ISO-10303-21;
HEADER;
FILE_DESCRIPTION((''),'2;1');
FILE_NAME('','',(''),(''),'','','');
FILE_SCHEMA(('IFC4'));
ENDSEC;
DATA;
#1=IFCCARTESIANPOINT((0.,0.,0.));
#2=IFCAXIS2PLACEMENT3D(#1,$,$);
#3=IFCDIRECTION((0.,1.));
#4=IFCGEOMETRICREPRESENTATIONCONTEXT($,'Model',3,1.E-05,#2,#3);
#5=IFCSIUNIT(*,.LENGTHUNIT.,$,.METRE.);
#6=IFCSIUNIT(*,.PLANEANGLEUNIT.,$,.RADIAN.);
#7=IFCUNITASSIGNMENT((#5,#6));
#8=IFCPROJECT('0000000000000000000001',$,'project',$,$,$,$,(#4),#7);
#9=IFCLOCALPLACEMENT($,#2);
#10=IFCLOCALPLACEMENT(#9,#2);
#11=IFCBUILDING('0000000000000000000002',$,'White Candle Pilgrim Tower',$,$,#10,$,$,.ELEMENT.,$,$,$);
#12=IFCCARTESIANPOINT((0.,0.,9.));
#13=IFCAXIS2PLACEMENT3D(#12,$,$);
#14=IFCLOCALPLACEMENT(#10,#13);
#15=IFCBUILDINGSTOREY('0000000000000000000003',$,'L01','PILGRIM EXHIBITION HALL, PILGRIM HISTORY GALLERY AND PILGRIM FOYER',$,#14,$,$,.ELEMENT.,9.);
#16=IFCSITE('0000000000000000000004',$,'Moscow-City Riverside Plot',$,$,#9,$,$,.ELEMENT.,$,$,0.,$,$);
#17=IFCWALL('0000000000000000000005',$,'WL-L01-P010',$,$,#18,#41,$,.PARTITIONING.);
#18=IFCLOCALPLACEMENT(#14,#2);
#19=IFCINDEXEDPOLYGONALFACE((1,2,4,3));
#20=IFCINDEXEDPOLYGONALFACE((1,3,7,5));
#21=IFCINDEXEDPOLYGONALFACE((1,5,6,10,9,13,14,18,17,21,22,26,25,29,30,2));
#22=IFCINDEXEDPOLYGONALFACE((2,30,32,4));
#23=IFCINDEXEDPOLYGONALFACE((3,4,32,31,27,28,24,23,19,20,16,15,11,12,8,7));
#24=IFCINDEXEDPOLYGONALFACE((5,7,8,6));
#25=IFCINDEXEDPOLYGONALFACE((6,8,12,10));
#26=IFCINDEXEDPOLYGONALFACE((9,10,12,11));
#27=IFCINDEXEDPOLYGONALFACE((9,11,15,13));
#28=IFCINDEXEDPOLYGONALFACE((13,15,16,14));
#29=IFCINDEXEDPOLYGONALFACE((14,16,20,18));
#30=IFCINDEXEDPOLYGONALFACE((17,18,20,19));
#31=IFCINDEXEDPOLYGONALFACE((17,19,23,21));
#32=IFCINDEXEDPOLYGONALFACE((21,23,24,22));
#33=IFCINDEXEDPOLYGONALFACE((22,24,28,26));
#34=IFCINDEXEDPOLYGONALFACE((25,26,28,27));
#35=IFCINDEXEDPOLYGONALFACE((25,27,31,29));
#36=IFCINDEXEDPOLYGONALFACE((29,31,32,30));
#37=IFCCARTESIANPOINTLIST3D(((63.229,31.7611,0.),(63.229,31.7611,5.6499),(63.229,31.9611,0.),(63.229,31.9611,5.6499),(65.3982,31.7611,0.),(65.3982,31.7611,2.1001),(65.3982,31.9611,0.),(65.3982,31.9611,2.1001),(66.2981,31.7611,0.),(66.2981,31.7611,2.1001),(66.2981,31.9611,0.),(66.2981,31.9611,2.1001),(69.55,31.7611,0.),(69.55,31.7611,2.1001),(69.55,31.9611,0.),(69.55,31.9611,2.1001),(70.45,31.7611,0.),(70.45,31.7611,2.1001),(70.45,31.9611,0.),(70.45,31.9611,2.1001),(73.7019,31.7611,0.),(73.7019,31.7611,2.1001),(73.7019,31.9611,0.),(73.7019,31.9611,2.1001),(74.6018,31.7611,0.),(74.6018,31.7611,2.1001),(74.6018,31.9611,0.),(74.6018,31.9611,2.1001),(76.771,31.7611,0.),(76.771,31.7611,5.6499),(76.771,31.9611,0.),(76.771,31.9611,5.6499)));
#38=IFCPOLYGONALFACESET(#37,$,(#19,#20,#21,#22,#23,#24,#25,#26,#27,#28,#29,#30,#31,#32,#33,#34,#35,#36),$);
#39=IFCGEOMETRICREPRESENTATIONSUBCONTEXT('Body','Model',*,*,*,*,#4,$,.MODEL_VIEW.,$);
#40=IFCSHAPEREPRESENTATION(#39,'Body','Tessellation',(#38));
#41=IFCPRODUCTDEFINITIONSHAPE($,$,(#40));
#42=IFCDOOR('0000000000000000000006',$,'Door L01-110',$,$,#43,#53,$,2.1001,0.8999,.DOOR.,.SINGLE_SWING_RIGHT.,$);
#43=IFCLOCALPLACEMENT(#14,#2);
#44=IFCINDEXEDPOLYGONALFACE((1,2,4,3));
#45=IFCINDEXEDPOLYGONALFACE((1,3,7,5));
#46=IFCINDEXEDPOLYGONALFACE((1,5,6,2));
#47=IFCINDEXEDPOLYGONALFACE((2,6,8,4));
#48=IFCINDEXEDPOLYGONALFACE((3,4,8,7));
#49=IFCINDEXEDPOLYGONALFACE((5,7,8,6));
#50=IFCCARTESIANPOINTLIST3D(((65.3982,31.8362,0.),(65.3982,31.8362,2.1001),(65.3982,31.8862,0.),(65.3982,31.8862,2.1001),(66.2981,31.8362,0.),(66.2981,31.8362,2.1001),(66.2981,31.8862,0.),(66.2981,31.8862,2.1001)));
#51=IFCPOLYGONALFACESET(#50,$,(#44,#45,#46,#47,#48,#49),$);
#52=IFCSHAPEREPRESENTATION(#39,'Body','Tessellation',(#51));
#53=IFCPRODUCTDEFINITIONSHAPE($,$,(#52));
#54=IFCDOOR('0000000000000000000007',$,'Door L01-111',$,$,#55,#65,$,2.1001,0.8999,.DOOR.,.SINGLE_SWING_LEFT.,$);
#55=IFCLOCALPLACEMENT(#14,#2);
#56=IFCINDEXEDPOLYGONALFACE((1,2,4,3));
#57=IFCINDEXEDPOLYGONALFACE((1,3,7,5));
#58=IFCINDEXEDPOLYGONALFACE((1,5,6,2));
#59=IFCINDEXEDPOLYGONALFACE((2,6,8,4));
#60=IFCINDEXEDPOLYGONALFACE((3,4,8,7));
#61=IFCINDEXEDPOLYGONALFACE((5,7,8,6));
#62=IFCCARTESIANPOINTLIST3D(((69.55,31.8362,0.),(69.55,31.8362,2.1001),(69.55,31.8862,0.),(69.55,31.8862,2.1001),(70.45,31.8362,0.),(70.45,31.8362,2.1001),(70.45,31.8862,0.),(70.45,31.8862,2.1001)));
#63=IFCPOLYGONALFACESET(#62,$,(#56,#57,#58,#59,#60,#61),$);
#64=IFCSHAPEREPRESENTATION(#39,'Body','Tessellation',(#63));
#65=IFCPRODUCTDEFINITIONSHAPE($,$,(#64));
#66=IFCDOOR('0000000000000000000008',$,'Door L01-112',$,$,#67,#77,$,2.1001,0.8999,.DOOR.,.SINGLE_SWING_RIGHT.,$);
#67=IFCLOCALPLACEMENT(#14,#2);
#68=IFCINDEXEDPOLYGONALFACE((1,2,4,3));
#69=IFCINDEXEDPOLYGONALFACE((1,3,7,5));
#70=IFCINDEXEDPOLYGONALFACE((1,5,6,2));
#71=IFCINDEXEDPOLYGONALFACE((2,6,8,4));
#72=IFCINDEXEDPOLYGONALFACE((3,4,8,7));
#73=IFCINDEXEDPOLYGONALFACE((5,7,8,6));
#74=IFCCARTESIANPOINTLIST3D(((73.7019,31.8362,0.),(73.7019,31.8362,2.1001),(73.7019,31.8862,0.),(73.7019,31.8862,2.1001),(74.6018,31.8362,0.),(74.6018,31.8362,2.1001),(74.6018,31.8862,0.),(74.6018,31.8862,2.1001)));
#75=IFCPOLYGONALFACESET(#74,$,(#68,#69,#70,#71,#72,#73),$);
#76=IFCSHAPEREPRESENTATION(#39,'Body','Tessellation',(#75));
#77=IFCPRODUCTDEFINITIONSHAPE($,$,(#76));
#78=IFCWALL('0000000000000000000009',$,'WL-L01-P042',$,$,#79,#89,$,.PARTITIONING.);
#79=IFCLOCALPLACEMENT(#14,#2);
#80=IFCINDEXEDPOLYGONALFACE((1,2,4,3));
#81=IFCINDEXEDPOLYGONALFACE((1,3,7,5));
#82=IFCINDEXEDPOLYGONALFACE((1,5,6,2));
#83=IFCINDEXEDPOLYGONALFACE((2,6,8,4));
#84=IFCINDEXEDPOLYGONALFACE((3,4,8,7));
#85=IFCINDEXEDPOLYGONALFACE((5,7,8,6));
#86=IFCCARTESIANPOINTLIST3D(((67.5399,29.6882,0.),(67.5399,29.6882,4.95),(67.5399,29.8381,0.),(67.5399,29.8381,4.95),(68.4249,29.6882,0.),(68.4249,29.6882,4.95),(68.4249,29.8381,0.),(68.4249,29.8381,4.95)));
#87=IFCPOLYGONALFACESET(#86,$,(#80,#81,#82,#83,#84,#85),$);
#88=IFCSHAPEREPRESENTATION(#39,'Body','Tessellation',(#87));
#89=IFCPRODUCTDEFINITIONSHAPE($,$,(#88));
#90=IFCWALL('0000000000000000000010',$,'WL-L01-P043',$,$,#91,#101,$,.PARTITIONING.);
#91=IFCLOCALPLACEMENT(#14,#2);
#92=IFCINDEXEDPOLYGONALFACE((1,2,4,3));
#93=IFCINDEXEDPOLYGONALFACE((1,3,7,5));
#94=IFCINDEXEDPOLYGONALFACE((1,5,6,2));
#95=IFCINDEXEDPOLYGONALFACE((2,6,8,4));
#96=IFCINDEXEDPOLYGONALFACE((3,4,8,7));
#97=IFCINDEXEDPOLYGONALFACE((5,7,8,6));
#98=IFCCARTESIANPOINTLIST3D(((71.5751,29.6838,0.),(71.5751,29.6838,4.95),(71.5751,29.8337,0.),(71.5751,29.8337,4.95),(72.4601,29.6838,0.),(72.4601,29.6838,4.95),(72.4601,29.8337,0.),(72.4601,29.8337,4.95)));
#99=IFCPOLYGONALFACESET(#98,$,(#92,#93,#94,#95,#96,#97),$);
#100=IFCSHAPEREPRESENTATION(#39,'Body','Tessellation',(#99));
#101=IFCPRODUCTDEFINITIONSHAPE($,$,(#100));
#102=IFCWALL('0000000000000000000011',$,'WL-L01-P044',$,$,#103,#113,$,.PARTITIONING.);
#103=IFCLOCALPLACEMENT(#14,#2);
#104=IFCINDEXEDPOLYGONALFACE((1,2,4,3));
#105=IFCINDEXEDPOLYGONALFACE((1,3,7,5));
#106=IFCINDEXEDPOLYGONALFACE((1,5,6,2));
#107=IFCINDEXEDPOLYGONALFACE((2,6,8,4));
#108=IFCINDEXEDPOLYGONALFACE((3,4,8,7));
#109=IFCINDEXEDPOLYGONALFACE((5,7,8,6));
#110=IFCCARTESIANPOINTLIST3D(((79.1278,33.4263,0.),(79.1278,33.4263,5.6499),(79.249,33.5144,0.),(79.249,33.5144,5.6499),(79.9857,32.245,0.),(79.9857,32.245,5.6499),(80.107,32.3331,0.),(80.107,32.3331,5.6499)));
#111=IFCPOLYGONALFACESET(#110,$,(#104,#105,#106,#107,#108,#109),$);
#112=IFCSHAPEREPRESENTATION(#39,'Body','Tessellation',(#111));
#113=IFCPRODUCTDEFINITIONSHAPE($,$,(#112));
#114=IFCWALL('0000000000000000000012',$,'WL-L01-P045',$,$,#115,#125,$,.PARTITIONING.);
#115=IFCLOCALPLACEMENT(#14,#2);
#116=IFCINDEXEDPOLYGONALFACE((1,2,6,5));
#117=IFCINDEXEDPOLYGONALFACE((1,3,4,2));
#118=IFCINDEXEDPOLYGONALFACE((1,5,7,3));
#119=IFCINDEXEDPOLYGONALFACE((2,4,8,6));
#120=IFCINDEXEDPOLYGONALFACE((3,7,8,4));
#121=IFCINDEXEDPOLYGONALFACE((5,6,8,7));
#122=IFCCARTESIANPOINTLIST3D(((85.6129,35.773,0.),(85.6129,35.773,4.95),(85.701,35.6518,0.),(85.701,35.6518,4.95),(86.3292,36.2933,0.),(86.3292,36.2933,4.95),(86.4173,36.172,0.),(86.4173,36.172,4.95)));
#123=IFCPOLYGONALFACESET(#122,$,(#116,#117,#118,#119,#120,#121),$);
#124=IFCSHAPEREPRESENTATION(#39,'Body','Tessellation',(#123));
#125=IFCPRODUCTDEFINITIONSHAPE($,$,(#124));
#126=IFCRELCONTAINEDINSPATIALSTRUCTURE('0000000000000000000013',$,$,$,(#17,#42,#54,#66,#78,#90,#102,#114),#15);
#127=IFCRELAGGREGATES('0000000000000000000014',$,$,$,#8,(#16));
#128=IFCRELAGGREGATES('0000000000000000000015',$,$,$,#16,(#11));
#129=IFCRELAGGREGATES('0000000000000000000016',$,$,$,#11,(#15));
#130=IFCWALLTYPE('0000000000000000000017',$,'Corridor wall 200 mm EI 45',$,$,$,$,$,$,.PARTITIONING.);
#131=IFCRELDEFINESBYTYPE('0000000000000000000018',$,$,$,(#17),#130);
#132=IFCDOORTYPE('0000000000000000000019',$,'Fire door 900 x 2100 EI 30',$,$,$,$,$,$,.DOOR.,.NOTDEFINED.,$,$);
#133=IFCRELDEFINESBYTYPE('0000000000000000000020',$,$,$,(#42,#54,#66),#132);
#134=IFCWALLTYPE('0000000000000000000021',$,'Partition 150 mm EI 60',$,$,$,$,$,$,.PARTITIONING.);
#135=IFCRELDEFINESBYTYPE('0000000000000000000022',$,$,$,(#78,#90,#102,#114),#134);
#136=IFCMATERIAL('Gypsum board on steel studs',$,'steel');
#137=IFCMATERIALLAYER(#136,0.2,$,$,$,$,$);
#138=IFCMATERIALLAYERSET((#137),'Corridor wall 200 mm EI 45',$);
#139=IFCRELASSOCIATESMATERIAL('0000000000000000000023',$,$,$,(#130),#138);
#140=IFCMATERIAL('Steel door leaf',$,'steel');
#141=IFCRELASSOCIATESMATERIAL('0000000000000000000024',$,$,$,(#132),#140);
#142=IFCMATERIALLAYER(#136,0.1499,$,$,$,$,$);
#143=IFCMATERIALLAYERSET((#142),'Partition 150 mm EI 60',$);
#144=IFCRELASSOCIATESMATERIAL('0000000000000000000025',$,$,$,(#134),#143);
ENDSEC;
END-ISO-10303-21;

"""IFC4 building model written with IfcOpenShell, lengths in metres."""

from ifc_helpers import new_model, si_unit, direction, frame, frame_2d, origin, place, context, subcontext, project, spatial, rectangle, extrude, material, layer, layer_set, type_object, element, fill, save


model = new_model("IFC4")

# Units and contexts
model_context = context("Model", 3, precision=1e-05, world=origin(), true_north=direction((0.0, 1.0)))
body_context = subcontext(model_context, "Body", "Model", "MODEL_VIEW")
ifc_project = project(units=[si_unit("LENGTHUNIT", "METRE"), si_unit("PLANEANGLEUNIT", "RADIAN")], contexts=[model_context])

# Site, building, storey
site_placement = place(None, origin())
site = spatial("IfcSite", under=ifc_project, at=site_placement, Name="Moscow-City Riverside Plot", CompositionType="ELEMENT", RefElevation=0.0)
building_placement = place(site_placement, origin())
building = spatial("IfcBuilding", under=site, at=building_placement, Name="White Candle Pilgrim Tower", CompositionType="ELEMENT")
storey_placement = place(building_placement, frame((0.0, 0.0, 9.0)))
storey = spatial("IfcBuildingStorey", under=building, at=storey_placement, Name="L01", Description="PILGRIM EXHIBITION HALL, PILGRIM HISTORY GALLERY AND PILGRIM FOYER", CompositionType="ELEMENT", Elevation=9.0)

# Wall, openings, doors
ifc_material_1 = material(Name="Gypsum board on steel studs", Category="steel")
ifc_layer_1 = layer(ifc_material_1, 0.2)
ifc_layer_set_1 = layer_set([ifc_layer_1], Name="Corridor wall 200 mm EI 45")
wall_type_1 = type_object("IfcWallType", Name="Corridor wall 200 mm EI 45", PredefinedType="PARTITIONING", material=ifc_layer_set_1)
wall_1_placement = place(storey_placement, frame((76.771, 31.8611, 0.0), z_axis=(0.0, 0.0, 1.0), x_axis=(-1.0, 0.0, 0.0)))
wall_1 = element("IfcWall", 1, at=wall_1_placement, inside=storey, type_object=wall_type_1, Name="WL-L01-P010", PredefinedType="PARTITIONING", context=body_context, shape_type="SweptSolid", body=[
    extrude(rectangle(XDim=13.542, YDim=0.2, at=frame_2d((6.771, 0.0))), origin(), (0.0, 0.0, 1.0), 5.6499),
])
opening_1_placement = place(wall_1_placement, frame((10.4729, 0.0, 0.0)))
opening_1 = element("IfcOpeningElement", 2, at=opening_1_placement, cuts=wall_1, PredefinedType="OPENING", context=body_context, shape_type="SweptSolid", body=[
    extrude(rectangle(XDim=0.8999, YDim=2.1001, at=frame_2d((0.45, 1.05))), frame((0.0, 0.1099, 0.0), z_axis=(0.0, -1.0, 0.0), x_axis=(1.0, 0.0, 0.0)), (0.0, 0.0, 1.0), 0.22),
])
opening_2_placement = place(wall_1_placement, frame((6.321, 0.0, 0.0)))
opening_2 = element("IfcOpeningElement", 3, at=opening_2_placement, cuts=wall_1, PredefinedType="OPENING", context=body_context, shape_type="SweptSolid", body=[
    extrude(rectangle(XDim=0.8999, YDim=2.1001, at=frame_2d((0.45, 1.05))), frame((0.0, 0.1099, 0.0), z_axis=(0.0, -1.0, 0.0), x_axis=(1.0, 0.0, 0.0)), (0.0, 0.0, 1.0), 0.22),
])
opening_3_placement = place(wall_1_placement, frame((2.1692, 0.0, 0.0)))
opening_3 = element("IfcOpeningElement", 4, at=opening_3_placement, cuts=wall_1, PredefinedType="OPENING", context=body_context, shape_type="SweptSolid", body=[
    extrude(rectangle(XDim=0.8999, YDim=2.1001, at=frame_2d((0.45, 1.05))), frame((0.0, 0.1099, 0.0), z_axis=(0.0, -1.0, 0.0), x_axis=(1.0, 0.0, 0.0)), (0.0, 0.0, 1.0), 0.22),
])
ifc_material_2 = material(Name="Steel door leaf", Category="steel")
door_type = type_object("IfcDoorType", Name="Fire door 900 x 2100 EI 30", OperationType="NOTDEFINED", PredefinedType="DOOR", material=ifc_material_2)
door_1_placement = place(opening_1_placement, origin())
door_1 = element("IfcDoor", 5, at=door_1_placement, inside=storey, type_object=door_type, Name="Door L01-110", OperationType="SINGLE_SWING_RIGHT", OverallHeight=2.1001, OverallWidth=0.8999, PredefinedType="DOOR", context=body_context, shape_type="SweptSolid", body=[
    extrude(rectangle(XDim=0.8999, YDim=2.1001, at=frame_2d((0.45, 1.05))), frame((0.0, 0.0249, 0.0), z_axis=(0.0, -1.0, 0.0), x_axis=(1.0, 0.0, 0.0)), (0.0, 0.0, 1.0), 0.05),
])
fill(opening_1, door_1)
door_2_placement = place(opening_2_placement, origin())
door_2 = element("IfcDoor", 6, at=door_2_placement, inside=storey, type_object=door_type, Name="Door L01-111", OperationType="SINGLE_SWING_LEFT", OverallHeight=2.1001, OverallWidth=0.8999, PredefinedType="DOOR", context=body_context, shape_type="SweptSolid", body=[
    extrude(rectangle(XDim=0.8999, YDim=2.1001, at=frame_2d((0.45, 1.05))), frame((0.0, 0.0249, 0.0), z_axis=(0.0, -1.0, 0.0), x_axis=(1.0, 0.0, 0.0)), (0.0, 0.0, 1.0), 0.05),
])
fill(opening_2, door_2)
door_3_placement = place(opening_3_placement, origin())
door_3 = element("IfcDoor", 7, at=door_3_placement, inside=storey, type_object=door_type, Name="Door L01-112", OperationType="SINGLE_SWING_RIGHT", OverallHeight=2.1001, OverallWidth=0.8999, PredefinedType="DOOR", context=body_context, shape_type="SweptSolid", body=[
    extrude(rectangle(XDim=0.8999, YDim=2.1001, at=frame_2d((0.45, 1.05))), frame((0.0, 0.0249, 0.0), z_axis=(0.0, -1.0, 0.0), x_axis=(1.0, 0.0, 0.0)), (0.0, 0.0, 1.0), 0.05),
])
fill(opening_3, door_3)

# Walls
ifc_layer_2 = layer(ifc_material_1, 0.1499)
ifc_layer_set_2 = layer_set([ifc_layer_2], Name="Partition 150 mm EI 60")
wall_type_2 = type_object("IfcWallType", Name="Partition 150 mm EI 60", PredefinedType="PARTITIONING", material=ifc_layer_set_2)
for number, where, z_axis, x_axis, name in (
    (8, (67.54, 29.7632, 0.0), (0.0, 0.0, 1.0), (1.0, 0.0, 0.0), "WL-L01-P042"),
    (9, (72.46, 29.7588, 0.0), (0.0, 0.0, 1.0), (-1.0, 0.0, 0.0), "WL-L01-P043"),
):
    element("IfcWall", number, at=place(storey_placement, frame(where, z_axis=z_axis, x_axis=x_axis)), inside=storey, type_object=wall_type_2, Name=name, PredefinedType="PARTITIONING", context=body_context, shape_type="SweptSolid", body=[
        extrude(rectangle(XDim=0.885, YDim=0.1499, at=frame_2d((0.4424, 0.0))), origin(), (0.0, 0.0, 1.0), 4.95),
    ])
wall_2_placement = place(storey_placement, frame((80.0464, 32.2891, 0.0), z_axis=(0.0, 0.0, 1.0), x_axis=(-0.587674, 0.809098, 0.0)))
element("IfcWall", 10, at=wall_2_placement, inside=storey, type_object=wall_type_2, Name="WL-L01-P044", PredefinedType="PARTITIONING", context=body_context, shape_type="SweptSolid", body=[
    extrude(rectangle(XDim=1.46, YDim=0.1499, at=frame_2d((0.73, 0.0))), origin(), (0.0, 0.0, 1.0), 5.6499),
])
wall_3_placement = place(storey_placement, frame((85.657, 35.7124, 0.0), z_axis=(0.0, 0.0, 1.0), x_axis=(0.809106, 0.587663, 0.0)))
element("IfcWall", 11, at=wall_3_placement, inside=storey, type_object=wall_type_2, Name="WL-L01-P045", PredefinedType="PARTITIONING", context=body_context, shape_type="SweptSolid", body=[
    extrude(rectangle(XDim=0.8853, YDim=0.1499, at=frame_2d((0.4426, 0.0))), origin(), (0.0, 0.0, 1.0), 4.95),
])

save(model, "model.ifc")
